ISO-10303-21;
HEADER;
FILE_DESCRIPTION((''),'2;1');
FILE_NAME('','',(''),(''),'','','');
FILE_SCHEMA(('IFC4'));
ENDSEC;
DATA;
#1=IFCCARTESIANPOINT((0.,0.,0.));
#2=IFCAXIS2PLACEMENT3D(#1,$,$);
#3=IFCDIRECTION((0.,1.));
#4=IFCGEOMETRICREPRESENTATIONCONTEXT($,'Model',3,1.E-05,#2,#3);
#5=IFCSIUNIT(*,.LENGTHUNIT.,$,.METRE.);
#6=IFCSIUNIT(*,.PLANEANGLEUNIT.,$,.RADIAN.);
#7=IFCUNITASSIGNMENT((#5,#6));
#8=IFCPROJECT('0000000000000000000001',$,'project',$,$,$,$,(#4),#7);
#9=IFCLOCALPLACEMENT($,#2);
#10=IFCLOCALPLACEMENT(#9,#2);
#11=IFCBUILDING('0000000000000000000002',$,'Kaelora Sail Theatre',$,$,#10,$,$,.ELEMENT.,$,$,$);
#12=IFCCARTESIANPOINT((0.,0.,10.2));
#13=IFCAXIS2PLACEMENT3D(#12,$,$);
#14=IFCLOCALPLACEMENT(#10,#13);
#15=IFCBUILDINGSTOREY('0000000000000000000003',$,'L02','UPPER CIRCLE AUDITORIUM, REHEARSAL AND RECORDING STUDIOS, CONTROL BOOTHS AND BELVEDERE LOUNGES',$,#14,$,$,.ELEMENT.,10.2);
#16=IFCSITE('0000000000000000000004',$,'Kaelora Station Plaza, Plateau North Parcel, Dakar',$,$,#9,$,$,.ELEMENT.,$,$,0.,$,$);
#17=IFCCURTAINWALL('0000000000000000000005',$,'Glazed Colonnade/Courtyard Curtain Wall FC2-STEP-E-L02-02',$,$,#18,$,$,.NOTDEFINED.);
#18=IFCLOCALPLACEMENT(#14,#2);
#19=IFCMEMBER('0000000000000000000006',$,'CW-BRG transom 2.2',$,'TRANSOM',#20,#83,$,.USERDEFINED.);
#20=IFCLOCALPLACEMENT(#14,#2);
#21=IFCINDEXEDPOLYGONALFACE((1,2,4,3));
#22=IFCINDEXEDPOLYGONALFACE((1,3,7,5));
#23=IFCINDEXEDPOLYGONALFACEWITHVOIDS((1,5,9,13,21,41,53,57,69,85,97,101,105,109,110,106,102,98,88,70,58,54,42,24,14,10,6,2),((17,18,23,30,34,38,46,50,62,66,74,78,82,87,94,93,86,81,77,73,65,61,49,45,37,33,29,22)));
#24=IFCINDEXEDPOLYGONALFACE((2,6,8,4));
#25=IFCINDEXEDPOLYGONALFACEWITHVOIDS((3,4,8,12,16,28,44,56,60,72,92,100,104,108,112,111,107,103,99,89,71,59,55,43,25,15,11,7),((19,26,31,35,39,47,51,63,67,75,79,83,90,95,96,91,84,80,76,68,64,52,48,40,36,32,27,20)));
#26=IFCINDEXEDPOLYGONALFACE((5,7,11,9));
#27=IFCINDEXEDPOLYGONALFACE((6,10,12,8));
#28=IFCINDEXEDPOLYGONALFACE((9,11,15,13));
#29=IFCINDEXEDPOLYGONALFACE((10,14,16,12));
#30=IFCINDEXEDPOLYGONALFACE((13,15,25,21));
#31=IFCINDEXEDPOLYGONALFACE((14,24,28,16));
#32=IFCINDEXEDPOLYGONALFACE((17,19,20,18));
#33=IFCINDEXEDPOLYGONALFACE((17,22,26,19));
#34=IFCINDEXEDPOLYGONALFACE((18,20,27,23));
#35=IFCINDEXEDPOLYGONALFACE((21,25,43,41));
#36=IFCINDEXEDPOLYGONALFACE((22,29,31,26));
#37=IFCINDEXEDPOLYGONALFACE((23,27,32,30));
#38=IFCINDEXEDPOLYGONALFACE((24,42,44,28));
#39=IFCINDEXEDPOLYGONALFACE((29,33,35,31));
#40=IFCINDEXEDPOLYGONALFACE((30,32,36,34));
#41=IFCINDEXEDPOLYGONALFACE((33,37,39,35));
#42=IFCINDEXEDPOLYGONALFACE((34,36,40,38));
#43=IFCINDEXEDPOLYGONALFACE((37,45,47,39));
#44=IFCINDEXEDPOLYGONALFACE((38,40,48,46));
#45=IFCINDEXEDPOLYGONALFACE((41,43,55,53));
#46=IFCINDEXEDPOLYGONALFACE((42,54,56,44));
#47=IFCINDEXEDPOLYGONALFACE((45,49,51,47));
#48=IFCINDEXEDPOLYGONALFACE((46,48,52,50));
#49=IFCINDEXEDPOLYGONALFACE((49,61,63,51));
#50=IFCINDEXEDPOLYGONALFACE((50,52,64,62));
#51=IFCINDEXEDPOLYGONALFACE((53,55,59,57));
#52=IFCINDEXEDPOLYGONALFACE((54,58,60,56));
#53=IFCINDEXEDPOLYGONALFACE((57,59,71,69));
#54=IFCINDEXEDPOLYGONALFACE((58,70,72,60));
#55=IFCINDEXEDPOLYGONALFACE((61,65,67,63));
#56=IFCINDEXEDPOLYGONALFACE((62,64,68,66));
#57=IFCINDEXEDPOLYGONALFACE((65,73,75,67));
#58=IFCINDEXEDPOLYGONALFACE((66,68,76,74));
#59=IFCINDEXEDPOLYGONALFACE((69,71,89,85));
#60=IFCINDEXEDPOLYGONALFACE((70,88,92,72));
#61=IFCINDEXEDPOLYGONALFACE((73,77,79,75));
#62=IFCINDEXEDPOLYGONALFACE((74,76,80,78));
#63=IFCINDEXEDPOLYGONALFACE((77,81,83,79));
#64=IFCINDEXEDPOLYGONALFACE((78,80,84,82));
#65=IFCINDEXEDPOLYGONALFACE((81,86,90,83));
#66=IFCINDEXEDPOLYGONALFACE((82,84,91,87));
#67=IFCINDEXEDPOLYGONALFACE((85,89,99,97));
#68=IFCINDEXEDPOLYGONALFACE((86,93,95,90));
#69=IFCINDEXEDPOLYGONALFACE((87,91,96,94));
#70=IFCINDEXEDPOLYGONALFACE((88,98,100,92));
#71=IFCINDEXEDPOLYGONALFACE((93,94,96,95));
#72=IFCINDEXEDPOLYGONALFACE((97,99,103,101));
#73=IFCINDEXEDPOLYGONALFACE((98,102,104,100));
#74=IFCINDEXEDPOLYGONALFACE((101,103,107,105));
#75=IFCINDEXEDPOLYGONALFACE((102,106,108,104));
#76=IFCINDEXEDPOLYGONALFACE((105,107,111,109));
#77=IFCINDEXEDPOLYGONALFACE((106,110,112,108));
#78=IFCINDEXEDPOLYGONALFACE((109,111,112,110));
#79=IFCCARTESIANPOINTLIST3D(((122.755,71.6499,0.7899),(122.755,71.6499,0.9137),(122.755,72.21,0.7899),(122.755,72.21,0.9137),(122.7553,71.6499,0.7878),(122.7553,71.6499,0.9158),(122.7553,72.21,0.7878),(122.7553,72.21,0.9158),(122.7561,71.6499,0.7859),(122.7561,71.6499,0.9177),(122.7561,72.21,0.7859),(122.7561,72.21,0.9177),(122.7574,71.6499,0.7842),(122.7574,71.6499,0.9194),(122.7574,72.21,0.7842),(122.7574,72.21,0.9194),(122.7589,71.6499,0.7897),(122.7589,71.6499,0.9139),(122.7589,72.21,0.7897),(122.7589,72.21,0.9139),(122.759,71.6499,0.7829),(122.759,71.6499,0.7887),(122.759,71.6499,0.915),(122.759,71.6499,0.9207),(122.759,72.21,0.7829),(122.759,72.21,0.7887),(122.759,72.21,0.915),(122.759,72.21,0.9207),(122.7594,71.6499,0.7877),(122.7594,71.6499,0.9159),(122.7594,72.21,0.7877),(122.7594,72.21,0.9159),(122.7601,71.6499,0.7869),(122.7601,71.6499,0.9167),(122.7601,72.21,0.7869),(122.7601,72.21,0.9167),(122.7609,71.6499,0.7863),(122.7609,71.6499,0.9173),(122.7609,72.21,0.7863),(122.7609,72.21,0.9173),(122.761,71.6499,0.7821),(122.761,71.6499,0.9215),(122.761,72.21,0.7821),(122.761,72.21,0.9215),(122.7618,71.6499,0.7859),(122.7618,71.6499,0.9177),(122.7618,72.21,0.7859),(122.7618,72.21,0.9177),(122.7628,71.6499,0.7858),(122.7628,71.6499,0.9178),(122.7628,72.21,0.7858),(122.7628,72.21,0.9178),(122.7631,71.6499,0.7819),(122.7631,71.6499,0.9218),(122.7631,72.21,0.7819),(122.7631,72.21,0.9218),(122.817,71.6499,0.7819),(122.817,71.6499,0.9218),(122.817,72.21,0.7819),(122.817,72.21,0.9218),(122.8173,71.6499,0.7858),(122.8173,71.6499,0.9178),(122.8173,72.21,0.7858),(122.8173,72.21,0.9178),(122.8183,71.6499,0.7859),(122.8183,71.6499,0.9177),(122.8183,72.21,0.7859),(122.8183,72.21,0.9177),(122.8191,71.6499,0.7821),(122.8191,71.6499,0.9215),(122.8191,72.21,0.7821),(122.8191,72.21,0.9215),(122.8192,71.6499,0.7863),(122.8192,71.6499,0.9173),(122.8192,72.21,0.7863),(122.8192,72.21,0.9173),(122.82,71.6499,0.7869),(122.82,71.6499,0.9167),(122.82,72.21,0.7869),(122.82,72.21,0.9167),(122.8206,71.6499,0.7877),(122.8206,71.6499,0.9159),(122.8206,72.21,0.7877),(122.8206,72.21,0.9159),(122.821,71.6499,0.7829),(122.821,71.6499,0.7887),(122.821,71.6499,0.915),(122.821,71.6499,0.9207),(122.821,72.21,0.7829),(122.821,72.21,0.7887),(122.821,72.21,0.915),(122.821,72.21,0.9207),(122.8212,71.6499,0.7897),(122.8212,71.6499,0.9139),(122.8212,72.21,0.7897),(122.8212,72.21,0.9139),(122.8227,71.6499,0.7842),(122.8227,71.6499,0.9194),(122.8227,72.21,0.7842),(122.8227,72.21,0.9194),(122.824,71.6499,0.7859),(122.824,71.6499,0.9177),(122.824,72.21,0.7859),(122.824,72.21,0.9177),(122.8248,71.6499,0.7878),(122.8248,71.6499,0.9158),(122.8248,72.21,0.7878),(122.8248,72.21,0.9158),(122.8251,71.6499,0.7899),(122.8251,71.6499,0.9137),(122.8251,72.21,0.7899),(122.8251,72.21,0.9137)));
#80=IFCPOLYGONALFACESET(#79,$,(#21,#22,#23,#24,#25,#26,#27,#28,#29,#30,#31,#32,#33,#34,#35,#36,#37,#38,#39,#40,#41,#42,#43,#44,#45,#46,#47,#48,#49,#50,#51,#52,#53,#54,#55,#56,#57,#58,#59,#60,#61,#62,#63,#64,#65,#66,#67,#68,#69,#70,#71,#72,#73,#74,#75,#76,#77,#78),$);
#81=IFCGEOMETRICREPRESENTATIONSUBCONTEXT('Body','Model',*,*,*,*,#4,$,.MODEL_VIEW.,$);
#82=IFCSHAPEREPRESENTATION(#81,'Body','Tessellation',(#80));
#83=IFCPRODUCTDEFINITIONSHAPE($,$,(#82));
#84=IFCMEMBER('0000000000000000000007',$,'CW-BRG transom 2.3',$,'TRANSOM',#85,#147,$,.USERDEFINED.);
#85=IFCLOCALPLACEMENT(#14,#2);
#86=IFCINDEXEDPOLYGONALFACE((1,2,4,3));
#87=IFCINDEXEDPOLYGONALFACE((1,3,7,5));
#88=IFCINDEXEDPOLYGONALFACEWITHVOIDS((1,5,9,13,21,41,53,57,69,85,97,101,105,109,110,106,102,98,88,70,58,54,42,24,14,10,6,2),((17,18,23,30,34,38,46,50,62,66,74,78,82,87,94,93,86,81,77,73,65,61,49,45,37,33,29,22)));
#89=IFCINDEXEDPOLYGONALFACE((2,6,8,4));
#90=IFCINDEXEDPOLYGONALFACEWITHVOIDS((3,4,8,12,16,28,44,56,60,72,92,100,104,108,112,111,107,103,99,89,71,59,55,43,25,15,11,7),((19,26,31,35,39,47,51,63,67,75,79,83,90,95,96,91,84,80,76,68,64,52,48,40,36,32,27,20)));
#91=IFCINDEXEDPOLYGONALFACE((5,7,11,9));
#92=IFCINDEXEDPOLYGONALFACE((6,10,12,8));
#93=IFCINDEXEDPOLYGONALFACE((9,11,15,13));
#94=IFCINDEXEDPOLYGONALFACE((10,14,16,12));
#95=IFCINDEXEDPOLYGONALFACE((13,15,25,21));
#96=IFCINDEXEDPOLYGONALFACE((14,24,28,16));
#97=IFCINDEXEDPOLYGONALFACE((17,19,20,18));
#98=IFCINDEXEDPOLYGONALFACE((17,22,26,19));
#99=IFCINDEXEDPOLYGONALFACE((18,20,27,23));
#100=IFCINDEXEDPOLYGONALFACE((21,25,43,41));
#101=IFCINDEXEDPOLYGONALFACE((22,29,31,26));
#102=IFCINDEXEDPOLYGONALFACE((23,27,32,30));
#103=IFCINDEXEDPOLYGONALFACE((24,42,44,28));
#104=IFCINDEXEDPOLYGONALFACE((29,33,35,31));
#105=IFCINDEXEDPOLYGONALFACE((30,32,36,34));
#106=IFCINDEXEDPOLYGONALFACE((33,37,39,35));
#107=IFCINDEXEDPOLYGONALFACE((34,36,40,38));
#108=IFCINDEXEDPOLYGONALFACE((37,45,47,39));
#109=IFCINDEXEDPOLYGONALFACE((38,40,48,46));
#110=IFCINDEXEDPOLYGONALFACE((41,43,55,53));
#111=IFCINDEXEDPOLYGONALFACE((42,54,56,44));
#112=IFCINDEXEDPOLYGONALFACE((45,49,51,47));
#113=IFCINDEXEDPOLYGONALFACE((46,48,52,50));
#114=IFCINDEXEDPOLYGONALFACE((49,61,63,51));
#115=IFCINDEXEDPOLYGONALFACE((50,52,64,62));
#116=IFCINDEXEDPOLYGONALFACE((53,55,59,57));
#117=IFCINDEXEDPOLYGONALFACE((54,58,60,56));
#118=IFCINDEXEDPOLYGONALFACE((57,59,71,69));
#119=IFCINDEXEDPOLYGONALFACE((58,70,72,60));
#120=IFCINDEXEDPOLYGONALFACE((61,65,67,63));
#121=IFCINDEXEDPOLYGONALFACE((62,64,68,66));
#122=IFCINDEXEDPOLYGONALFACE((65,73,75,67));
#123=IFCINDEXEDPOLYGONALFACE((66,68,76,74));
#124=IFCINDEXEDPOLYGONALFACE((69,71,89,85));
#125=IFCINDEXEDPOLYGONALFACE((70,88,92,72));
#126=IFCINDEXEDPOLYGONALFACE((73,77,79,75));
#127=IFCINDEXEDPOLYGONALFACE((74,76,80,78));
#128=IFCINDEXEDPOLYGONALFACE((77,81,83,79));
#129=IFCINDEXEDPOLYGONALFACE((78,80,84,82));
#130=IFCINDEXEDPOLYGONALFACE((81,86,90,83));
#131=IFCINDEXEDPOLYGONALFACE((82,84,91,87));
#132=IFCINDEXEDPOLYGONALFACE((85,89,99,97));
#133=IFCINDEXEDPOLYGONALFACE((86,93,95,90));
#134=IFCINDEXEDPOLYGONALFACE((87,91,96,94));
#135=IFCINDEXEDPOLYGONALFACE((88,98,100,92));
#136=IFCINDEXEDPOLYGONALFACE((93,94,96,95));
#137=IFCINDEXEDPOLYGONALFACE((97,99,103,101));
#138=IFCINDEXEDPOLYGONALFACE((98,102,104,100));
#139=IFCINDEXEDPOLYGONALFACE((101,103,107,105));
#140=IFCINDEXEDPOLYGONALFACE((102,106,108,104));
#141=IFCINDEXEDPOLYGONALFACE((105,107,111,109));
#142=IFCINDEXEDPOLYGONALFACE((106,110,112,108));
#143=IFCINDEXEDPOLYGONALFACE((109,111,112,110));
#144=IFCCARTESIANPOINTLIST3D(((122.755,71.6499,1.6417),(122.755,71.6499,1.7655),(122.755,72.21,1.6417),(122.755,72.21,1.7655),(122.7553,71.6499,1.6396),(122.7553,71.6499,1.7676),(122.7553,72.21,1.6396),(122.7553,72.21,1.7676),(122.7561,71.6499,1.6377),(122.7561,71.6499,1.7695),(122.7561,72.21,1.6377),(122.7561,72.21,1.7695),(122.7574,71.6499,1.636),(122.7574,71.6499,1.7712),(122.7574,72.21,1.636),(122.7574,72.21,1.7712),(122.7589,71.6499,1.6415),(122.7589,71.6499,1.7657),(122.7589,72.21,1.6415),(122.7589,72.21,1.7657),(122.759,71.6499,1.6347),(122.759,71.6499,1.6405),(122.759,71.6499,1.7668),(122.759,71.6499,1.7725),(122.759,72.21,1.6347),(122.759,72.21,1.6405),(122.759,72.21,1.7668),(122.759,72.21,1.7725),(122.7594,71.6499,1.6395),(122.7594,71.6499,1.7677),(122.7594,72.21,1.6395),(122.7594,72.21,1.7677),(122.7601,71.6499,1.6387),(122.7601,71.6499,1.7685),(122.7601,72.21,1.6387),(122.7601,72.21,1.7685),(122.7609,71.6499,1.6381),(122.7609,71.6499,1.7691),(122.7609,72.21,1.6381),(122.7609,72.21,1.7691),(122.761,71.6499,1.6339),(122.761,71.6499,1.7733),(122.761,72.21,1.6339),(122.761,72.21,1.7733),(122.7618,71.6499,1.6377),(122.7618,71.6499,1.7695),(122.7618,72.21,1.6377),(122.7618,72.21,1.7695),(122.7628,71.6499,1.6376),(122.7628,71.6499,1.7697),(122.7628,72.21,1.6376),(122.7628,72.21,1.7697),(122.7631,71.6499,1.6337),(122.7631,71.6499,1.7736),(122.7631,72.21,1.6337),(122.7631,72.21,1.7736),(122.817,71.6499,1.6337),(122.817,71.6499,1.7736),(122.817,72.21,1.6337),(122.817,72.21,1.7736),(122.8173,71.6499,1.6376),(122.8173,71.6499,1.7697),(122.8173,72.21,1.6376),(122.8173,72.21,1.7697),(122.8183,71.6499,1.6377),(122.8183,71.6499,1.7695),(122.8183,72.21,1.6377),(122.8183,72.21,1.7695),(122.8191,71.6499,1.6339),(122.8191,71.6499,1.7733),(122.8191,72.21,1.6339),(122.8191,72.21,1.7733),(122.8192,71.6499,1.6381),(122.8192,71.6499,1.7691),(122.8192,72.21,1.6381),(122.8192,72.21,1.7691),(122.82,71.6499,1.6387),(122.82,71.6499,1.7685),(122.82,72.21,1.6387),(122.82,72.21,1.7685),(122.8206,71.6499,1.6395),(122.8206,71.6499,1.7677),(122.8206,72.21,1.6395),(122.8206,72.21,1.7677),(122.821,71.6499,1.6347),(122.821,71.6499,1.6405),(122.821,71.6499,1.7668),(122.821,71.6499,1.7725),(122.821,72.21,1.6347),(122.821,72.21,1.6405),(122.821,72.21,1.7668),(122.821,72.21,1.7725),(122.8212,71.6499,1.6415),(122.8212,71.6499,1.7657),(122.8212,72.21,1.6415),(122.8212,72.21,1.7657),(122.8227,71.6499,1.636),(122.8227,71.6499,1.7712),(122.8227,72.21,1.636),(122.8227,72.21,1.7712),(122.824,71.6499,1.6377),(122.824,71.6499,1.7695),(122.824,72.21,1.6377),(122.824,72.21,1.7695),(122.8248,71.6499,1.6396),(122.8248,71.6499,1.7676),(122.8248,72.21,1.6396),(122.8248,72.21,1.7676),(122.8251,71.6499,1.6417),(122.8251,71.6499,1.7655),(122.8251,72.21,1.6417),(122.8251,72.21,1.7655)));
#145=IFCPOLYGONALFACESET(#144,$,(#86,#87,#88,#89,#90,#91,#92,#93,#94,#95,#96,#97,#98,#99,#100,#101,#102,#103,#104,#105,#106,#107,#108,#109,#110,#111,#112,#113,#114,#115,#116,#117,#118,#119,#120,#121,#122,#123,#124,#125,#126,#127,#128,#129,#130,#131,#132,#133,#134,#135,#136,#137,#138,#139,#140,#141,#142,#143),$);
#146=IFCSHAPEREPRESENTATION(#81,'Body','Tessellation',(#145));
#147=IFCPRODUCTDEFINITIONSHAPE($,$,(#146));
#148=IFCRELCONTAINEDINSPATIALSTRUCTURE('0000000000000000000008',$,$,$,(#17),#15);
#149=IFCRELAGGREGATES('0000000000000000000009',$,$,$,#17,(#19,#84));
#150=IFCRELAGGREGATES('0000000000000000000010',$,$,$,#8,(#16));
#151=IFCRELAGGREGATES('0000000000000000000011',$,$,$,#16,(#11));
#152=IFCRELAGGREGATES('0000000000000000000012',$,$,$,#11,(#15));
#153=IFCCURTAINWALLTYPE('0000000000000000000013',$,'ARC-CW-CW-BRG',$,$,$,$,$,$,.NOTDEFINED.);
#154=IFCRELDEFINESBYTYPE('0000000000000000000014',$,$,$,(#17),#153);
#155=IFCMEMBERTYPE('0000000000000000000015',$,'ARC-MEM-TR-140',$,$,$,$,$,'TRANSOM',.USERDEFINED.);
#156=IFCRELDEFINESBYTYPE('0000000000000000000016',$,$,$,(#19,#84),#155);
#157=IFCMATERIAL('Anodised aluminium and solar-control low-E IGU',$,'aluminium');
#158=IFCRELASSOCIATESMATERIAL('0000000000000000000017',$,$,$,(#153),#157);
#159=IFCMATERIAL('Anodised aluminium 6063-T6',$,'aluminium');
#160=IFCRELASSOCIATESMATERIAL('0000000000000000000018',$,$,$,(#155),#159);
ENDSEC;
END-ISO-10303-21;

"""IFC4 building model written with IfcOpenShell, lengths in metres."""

from ifc_helpers import new_model, si_unit, direction, frame, origin, origin_2d, place, context, subcontext, project, spatial, hollow_rectangle, extrude, material, material_profile, profile_set, type_object, element, aggregate, save


model = new_model("IFC4")

# Units and contexts
model_context = context("Model", 3, precision=1e-05, world=origin(), true_north=direction((0.0, 1.0)))
body_context = subcontext(model_context, "Body", "Model", "MODEL_VIEW")
ifc_project = project(units=[si_unit("LENGTHUNIT", "METRE"), si_unit("PLANEANGLEUNIT", "RADIAN")], contexts=[model_context])

# Site, building, storey
site_placement = place(None, origin())
site = spatial("IfcSite", under=ifc_project, at=site_placement, Name="Kaelora Station Plaza, Plateau North Parcel, Dakar", CompositionType="ELEMENT", RefElevation=0.0)
building_placement = place(site_placement, origin())
building = spatial("IfcBuilding", under=site, at=building_placement, Name="Kaelora Sail Theatre", CompositionType="ELEMENT")
storey_placement = place(building_placement, frame((0.0, 0.0, 10.2)))
storey = spatial("IfcBuildingStorey", under=building, at=storey_placement, Name="L02", Description="UPPER CIRCLE AUDITORIUM, REHEARSAL AND RECORDING STUDIOS, CONTROL BOOTHS AND BELVEDERE LOUNGES", CompositionType="ELEMENT", Elevation=10.2)

# Curtain wall, members
ifc_material_1 = material(Name="Anodised aluminium and solar-control low-E IGU", Category="aluminium")
curtain_wall_type = type_object("IfcCurtainWallType", Name="ARC-CW-CW-BRG", PredefinedType="NOTDEFINED", material=ifc_material_1)
curtain_wall_placement = place(storey_placement, origin())
curtain_wall = element("IfcCurtainWall", 1, at=curtain_wall_placement, inside=storey, type_object=curtain_wall_type, Name="Glazed Colonnade/Courtyard Curtain Wall FC2-STEP-E-L02-02", PredefinedType="NOTDEFINED")
ifc_material_2 = material(Name="Anodised aluminium 6063-T6", Category="aluminium")
ifc_material_profile_1 = material_profile(ifc_material_2, hollow_rectangle(XDim=0.0701, YDim=0.1399, WallThickness=0.0039, InnerFilletRadius=0.0039, OuterFilletRadius=0.0081, at=origin_2d()), Name="ALU-TRAN 70x140x4")
ifc_profile_set_1 = profile_set([ifc_material_profile_1], Name="Anodised aluminium 6063-T6")
member_type_1 = type_object("IfcMemberType", Name="ARC-MEM-TR-140", ElementType="TRANSOM", PredefinedType="USERDEFINED", material=ifc_profile_set_1)
member_1_placement = place(storey_placement, frame((122.79, 71.6499, 0.8518), z_axis=(0.0, 1.0, 0.0), x_axis=(-1.0, 0.0, 0.0)))
member_1 = element("IfcMember", 2, at=member_1_placement, type_object=member_type_1, Name="CW-BRG transom 2.2", ObjectType="TRANSOM", PredefinedType="USERDEFINED", context=body_context, shape_type="SweptSolid", body=[
    extrude(hollow_rectangle(XDim=0.0701, YDim=0.1399, WallThickness=0.0039, InnerFilletRadius=0.0039, OuterFilletRadius=0.0081, at=origin_2d()), origin(), (0.0, 0.0, 1.0), 0.5601),
])
member_2_placement = place(storey_placement, frame((122.79, 71.6499, 1.7036), z_axis=(0.0, 1.0, 0.0), x_axis=(-1.0, 0.0, 0.0)))
member_2 = element("IfcMember", 3, at=member_2_placement, type_object=member_type_1, Name="CW-BRG transom 2.3", ObjectType="TRANSOM", PredefinedType="USERDEFINED", context=body_context, shape_type="SweptSolid", body=[
    extrude(hollow_rectangle(XDim=0.0701, YDim=0.1399, WallThickness=0.0039, InnerFilletRadius=0.0039, OuterFilletRadius=0.0081, at=origin_2d()), origin(), (0.0, 0.0, 1.0), 0.5601),
])
aggregate(curtain_wall, [member_1, member_2])

save(model, "model.ifc")
